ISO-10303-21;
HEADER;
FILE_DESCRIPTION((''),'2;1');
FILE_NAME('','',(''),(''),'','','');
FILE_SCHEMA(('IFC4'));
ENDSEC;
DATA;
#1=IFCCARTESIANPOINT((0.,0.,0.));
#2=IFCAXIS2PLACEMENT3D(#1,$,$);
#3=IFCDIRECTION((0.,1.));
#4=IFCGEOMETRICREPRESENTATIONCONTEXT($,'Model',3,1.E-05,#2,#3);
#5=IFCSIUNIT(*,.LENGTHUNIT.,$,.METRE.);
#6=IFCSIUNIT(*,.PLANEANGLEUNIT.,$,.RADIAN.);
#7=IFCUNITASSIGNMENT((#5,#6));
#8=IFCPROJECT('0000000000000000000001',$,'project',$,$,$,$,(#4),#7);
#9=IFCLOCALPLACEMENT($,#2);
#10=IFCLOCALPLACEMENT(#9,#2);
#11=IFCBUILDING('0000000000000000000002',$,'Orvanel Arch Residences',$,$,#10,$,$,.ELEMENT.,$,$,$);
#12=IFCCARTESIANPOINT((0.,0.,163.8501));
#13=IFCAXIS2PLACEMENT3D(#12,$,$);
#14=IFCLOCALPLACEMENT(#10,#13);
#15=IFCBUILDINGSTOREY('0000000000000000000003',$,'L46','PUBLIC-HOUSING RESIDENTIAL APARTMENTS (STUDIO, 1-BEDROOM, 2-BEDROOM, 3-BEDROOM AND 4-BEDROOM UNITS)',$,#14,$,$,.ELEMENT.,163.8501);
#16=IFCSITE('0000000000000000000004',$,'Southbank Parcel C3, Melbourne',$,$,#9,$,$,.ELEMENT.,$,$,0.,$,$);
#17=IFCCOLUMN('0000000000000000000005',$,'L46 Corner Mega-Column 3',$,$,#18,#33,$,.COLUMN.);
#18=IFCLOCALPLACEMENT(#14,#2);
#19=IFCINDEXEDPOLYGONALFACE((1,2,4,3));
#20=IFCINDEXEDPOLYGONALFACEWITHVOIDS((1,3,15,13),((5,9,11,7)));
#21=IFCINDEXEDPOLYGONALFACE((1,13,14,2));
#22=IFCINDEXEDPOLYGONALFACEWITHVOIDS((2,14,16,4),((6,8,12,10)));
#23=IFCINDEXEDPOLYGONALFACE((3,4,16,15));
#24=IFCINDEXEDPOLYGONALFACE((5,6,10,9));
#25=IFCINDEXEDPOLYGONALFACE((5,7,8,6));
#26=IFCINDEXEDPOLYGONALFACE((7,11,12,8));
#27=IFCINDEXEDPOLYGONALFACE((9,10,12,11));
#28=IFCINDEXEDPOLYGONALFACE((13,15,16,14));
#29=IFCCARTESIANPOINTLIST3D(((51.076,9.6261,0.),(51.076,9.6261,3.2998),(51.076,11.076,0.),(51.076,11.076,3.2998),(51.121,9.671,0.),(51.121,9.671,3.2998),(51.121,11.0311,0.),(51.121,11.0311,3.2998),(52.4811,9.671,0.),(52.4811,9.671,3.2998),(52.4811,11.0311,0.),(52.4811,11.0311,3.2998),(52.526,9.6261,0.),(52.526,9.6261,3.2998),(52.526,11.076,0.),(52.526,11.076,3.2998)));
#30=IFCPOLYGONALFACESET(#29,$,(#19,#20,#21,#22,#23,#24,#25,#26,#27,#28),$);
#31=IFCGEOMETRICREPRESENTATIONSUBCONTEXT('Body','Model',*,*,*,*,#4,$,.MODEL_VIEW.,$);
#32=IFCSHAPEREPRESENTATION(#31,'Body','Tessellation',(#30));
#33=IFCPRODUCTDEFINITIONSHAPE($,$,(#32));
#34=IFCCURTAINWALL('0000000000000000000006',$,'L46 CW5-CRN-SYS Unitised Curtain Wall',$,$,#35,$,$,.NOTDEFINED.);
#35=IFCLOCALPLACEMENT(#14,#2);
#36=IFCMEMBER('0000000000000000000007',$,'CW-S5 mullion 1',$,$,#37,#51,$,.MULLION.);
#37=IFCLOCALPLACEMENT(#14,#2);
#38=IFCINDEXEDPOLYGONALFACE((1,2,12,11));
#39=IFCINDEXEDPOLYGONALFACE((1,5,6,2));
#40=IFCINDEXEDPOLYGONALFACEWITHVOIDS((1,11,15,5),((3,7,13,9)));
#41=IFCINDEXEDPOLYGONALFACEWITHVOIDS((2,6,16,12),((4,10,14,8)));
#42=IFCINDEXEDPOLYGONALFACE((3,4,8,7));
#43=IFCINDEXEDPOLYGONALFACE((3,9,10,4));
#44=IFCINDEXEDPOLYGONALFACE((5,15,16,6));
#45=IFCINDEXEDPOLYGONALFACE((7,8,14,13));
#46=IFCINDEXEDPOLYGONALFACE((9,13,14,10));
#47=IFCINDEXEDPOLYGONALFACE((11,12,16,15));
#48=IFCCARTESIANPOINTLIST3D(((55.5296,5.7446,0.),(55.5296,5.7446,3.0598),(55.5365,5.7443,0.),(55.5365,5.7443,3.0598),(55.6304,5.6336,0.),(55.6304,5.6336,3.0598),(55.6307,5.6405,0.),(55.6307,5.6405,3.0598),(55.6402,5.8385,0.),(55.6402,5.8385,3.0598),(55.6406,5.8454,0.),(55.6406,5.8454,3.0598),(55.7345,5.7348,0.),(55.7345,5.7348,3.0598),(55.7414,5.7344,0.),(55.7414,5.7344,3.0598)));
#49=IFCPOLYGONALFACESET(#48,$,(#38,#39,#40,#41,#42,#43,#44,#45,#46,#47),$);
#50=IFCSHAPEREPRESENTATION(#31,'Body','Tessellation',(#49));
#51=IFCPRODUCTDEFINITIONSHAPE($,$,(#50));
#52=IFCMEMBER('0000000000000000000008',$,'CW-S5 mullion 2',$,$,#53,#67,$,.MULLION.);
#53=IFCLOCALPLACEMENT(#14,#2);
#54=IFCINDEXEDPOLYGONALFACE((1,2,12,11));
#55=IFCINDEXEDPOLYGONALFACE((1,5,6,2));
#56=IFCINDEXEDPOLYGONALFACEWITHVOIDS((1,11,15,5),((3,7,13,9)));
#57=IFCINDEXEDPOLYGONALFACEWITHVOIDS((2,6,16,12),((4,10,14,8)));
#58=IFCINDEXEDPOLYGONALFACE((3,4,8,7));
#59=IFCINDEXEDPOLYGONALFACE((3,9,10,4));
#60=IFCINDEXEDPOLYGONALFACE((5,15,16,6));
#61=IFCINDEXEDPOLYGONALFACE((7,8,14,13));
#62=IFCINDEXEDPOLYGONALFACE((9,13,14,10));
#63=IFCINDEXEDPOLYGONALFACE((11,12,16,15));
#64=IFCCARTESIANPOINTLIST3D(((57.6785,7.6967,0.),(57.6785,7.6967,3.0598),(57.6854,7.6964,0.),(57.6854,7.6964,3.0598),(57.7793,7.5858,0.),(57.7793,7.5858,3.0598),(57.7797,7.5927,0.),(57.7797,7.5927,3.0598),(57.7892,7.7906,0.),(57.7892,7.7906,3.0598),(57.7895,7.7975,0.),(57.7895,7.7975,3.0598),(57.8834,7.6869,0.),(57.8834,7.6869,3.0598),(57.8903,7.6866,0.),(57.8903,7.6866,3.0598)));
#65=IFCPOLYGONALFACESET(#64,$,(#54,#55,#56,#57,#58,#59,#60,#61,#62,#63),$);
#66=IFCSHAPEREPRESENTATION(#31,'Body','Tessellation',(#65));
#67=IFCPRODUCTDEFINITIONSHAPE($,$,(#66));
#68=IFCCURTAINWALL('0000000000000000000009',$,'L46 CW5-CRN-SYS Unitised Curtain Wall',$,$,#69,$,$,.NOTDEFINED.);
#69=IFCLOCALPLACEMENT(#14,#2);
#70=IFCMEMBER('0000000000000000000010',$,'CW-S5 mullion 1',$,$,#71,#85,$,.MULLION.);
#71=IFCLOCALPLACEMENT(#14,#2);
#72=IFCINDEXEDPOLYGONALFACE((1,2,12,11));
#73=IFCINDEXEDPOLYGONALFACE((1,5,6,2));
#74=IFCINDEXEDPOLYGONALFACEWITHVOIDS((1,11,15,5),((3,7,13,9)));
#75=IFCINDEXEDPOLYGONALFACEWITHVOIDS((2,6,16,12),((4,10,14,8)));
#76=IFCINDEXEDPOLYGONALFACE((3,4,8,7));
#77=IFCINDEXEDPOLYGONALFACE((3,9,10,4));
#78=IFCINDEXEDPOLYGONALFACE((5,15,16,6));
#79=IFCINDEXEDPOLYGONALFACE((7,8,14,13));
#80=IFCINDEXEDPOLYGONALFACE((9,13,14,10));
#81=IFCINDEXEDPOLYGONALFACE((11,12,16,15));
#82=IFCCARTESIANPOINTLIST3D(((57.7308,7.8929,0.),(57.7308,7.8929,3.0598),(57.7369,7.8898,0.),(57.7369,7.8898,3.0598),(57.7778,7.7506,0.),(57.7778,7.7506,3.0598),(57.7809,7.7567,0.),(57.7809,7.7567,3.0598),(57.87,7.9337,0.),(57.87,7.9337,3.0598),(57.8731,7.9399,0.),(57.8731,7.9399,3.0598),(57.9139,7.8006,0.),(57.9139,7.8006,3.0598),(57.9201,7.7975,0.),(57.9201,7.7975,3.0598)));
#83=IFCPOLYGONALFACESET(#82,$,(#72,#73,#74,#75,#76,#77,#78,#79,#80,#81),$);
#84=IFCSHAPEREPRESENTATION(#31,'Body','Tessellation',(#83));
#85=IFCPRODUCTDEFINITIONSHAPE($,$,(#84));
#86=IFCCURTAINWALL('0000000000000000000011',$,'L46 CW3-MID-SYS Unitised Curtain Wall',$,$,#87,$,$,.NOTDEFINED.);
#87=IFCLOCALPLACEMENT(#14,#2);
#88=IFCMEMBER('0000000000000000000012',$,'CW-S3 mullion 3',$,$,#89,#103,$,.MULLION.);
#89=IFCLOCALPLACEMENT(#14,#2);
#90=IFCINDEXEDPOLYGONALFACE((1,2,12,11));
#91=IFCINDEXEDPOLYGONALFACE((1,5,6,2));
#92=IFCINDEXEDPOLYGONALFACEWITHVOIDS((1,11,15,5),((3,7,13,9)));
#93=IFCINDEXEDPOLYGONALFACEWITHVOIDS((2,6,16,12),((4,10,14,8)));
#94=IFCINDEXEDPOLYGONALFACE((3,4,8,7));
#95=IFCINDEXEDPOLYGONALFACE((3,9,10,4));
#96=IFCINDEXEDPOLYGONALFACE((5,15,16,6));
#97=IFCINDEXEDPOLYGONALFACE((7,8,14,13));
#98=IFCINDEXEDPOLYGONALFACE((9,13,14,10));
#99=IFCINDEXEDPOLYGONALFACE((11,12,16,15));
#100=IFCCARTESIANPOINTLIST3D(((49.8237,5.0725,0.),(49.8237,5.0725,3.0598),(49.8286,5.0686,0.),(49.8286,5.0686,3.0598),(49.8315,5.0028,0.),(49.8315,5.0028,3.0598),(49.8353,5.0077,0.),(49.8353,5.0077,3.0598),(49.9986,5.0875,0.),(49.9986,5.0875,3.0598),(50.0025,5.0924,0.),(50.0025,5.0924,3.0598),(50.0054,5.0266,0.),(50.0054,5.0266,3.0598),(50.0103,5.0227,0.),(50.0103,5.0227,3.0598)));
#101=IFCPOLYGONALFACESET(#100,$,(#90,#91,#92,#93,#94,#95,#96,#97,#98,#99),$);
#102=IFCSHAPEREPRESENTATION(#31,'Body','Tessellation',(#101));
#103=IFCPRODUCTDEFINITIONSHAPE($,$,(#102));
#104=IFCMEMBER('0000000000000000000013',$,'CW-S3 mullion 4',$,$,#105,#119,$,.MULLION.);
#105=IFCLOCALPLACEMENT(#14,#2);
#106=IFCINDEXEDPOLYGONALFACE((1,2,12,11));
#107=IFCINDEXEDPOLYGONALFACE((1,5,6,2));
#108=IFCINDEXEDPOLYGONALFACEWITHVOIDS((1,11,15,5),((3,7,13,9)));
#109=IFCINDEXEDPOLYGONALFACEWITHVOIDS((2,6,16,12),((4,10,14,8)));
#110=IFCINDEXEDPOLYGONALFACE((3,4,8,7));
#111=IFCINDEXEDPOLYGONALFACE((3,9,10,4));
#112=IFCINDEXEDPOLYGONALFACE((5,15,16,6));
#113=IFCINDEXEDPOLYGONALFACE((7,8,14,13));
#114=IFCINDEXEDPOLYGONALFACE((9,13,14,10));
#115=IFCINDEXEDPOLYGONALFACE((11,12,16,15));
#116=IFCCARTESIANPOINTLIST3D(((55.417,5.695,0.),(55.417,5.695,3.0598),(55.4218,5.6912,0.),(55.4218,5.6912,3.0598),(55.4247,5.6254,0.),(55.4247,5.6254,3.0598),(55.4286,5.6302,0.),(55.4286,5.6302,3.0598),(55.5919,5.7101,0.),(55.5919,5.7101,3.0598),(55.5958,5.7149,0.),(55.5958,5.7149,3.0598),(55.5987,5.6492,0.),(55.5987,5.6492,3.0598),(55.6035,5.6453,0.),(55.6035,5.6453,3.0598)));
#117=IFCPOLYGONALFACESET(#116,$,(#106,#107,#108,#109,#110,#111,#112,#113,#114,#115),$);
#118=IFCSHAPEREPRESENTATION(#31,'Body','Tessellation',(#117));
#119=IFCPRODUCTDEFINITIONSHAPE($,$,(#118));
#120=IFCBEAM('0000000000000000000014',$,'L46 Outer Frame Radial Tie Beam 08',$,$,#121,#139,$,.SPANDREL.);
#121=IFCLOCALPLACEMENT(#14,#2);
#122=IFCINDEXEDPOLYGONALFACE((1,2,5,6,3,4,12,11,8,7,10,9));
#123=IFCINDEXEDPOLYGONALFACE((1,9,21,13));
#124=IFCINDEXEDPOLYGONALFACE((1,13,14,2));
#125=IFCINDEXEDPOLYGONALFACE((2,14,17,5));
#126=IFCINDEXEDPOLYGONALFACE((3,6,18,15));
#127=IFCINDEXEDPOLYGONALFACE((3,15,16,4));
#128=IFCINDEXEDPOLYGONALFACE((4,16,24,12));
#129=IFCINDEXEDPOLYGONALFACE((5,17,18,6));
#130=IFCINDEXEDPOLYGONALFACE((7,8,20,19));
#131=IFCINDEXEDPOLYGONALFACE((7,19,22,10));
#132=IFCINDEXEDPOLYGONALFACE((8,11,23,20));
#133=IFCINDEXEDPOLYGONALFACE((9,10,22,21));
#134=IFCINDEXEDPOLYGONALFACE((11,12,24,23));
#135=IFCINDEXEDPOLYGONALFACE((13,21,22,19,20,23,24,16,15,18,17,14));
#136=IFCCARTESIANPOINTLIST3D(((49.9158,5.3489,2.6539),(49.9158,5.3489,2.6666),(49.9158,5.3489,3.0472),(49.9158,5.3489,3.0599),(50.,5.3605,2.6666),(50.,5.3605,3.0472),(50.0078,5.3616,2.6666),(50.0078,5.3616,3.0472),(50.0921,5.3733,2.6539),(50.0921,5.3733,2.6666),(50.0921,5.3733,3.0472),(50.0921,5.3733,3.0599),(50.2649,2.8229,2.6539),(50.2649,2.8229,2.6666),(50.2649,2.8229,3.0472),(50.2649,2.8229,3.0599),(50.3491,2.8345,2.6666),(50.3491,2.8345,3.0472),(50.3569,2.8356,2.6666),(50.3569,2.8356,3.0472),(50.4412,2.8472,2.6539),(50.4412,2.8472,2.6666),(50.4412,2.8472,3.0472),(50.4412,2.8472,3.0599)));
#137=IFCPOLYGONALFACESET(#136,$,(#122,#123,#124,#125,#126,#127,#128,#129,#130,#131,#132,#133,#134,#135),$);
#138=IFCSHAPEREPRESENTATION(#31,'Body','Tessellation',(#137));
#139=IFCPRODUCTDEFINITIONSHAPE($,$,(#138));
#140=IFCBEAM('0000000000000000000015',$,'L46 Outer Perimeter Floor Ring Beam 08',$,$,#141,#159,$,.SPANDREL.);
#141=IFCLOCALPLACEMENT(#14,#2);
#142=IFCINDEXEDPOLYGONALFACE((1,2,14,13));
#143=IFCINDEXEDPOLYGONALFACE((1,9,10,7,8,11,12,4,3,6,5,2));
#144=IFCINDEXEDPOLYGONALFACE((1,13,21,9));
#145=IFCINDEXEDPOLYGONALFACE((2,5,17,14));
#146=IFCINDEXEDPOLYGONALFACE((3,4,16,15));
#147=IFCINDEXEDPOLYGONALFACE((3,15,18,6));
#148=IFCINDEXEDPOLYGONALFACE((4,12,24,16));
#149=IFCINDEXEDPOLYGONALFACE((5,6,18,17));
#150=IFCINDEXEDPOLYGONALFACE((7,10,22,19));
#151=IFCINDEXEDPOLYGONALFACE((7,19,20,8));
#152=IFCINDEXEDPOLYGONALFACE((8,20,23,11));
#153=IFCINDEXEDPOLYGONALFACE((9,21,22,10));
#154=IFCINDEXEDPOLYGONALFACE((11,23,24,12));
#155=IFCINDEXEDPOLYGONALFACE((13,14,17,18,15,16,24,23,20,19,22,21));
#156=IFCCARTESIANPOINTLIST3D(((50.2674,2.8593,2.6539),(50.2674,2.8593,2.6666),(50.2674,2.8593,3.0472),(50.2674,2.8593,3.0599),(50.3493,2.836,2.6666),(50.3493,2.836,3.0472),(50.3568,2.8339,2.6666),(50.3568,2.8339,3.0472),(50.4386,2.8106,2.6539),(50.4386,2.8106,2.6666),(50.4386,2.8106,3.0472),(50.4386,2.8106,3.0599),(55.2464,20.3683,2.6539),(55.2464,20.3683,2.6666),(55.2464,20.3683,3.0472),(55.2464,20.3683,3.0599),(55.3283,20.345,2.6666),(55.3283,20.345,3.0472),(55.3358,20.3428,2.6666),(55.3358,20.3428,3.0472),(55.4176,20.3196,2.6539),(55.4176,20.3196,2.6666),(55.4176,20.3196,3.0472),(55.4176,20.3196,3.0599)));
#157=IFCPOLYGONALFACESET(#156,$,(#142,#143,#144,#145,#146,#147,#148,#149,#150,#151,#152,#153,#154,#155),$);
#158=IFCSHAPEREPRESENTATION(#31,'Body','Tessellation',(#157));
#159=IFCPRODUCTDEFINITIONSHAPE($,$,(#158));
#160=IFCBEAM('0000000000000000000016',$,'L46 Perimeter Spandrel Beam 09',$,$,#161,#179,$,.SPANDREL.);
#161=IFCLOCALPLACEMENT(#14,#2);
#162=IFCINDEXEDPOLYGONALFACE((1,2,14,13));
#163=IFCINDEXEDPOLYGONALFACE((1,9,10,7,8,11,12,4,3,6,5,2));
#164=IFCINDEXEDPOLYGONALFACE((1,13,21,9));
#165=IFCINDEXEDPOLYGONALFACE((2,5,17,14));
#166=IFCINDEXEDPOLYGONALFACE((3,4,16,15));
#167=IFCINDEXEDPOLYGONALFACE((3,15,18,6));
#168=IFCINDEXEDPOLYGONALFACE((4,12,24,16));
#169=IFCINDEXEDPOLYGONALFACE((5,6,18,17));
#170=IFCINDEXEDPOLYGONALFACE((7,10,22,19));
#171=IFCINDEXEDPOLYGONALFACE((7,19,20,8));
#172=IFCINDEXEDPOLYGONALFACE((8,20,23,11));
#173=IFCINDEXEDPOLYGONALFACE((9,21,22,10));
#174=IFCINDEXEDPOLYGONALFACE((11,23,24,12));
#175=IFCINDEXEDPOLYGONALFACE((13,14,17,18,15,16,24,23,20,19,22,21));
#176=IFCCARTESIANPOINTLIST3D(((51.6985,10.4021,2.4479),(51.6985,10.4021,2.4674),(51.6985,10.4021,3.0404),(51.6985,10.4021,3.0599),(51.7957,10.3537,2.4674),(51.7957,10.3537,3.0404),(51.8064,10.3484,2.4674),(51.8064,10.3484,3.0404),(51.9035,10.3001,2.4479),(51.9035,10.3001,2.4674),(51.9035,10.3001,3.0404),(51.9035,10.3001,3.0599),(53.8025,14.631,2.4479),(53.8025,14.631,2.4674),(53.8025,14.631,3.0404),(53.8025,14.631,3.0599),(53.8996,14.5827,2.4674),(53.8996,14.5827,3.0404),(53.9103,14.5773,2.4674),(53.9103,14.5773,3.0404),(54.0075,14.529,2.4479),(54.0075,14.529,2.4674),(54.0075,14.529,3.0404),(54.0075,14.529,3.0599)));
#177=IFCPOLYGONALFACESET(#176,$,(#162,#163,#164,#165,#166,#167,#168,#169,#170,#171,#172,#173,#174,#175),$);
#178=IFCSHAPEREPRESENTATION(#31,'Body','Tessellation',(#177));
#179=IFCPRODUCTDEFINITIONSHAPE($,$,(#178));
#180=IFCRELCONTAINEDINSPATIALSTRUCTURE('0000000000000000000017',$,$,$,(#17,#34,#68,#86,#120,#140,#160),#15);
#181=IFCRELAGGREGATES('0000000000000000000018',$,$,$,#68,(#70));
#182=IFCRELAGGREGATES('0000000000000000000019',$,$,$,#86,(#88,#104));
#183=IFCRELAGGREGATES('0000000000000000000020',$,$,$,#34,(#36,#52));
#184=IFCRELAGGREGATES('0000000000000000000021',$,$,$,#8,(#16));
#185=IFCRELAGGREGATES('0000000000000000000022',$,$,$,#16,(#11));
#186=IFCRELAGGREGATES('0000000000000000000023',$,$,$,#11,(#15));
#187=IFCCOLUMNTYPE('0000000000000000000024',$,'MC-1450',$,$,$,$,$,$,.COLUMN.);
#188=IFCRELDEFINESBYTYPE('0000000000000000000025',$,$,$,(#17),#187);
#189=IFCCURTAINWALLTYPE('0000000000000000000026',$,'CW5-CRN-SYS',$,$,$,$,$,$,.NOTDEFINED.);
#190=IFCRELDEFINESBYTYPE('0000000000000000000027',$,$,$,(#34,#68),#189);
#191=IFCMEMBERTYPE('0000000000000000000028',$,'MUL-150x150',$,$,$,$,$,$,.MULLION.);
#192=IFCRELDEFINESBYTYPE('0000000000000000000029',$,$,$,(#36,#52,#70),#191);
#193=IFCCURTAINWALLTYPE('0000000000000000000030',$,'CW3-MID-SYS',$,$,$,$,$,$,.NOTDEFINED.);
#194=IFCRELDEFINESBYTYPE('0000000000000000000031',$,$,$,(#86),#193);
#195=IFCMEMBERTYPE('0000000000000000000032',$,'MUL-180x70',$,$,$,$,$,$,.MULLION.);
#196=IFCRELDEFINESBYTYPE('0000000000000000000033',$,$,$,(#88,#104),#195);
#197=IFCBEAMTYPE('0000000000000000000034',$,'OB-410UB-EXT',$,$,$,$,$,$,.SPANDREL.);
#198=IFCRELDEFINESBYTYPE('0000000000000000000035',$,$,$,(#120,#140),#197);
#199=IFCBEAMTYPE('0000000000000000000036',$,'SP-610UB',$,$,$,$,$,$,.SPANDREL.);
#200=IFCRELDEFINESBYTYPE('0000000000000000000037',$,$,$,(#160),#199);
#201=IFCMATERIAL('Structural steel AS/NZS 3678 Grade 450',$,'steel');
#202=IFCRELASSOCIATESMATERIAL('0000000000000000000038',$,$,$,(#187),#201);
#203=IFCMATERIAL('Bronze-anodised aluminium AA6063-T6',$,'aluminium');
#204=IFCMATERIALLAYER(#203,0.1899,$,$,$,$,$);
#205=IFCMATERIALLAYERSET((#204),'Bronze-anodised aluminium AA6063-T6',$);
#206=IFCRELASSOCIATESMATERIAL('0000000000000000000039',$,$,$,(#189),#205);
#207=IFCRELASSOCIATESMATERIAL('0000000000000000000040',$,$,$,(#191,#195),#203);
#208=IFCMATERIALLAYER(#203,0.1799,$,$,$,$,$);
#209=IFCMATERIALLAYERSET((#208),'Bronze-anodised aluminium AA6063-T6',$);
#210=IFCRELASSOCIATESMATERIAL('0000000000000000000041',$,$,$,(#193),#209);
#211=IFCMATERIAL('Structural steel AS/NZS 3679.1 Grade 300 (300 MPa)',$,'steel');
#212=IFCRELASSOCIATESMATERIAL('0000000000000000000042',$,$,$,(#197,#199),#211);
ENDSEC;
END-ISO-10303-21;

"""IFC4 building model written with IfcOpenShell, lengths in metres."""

from ifc_helpers import new_model, si_unit, direction, frame, origin, origin_2d, place, context, subcontext, project, spatial, hollow_rectangle, i_section, extrude, material, layer, layer_set, material_profile, profile_set, type_object, element, aggregate, save


model = new_model("IFC4")

# Units and contexts
model_context = context("Model", 3, precision=1e-05, world=origin(), true_north=direction((0.0, 1.0)))
body_context = subcontext(model_context, "Body", "Model", "MODEL_VIEW")
ifc_project = project(units=[si_unit("LENGTHUNIT", "METRE"), si_unit("PLANEANGLEUNIT", "RADIAN")], contexts=[model_context])

# Site, building, storey
site_placement = place(None, origin())
site = spatial("IfcSite", under=ifc_project, at=site_placement, Name="Southbank Parcel C3, Melbourne", CompositionType="ELEMENT", RefElevation=0.0)
building_placement = place(site_placement, origin())
building = spatial("IfcBuilding", under=site, at=building_placement, Name="Orvanel Arch Residences", CompositionType="ELEMENT")
storey_placement = place(building_placement, frame((0.0, 0.0, 163.8501)))
storey = spatial("IfcBuildingStorey", under=building, at=storey_placement, Name="L46", Description="PUBLIC-HOUSING RESIDENTIAL APARTMENTS (STUDIO, 1-BEDROOM, 2-BEDROOM, 3-BEDROOM AND 4-BEDROOM UNITS)", CompositionType="ELEMENT", Elevation=163.8501)

# Column
ifc_material_1 = material(Name="Structural steel AS/NZS 3678 Grade 450", Category="steel")
ifc_material_profile_1 = material_profile(ifc_material_1, hollow_rectangle(XDim=1.45, YDim=1.45, WallThickness=0.0449, at=origin_2d()), Name="BOX1450x1450x45")
ifc_profile_set_1 = profile_set([ifc_material_profile_1], Name="Structural steel AS/NZS 3678 Grade 450")
column_type = type_object("IfcColumnType", Name="MC-1450", PredefinedType="COLUMN", material=ifc_profile_set_1)
column_placement = place(storey_placement, frame((51.801, 10.3511, 0.0), z_axis=(0.0, 0.0, 1.0), x_axis=(1.0, 0.0, 0.0)))
element("IfcColumn", 1, at=column_placement, inside=storey, type_object=column_type, Name="L46 Corner Mega-Column 3", PredefinedType="COLUMN", context=body_context, shape_type="SweptSolid", body=[
    extrude(hollow_rectangle(XDim=1.45, YDim=1.45, WallThickness=0.0449, at=origin_2d()), origin(), (0.0, 0.0, 1.0), 3.2998),
])

# Curtain wall, members
ifc_material_2 = material(Name="Bronze-anodised aluminium AA6063-T6", Category="aluminium")
ifc_layer_1 = layer(ifc_material_2, 0.1899)
ifc_layer_set_1 = layer_set([ifc_layer_1], Name="Bronze-anodised aluminium AA6063-T6")
curtain_wall_type_1 = type_object("IfcCurtainWallType", Name="CW5-CRN-SYS", PredefinedType="NOTDEFINED", material=ifc_layer_set_1)
curtain_wall_1_placement = place(storey_placement, origin())
curtain_wall_1 = element("IfcCurtainWall", 2, at=curtain_wall_1_placement, inside=storey, type_object=curtain_wall_type_1, Name="L46 CW5-CRN-SYS Unitised Curtain Wall", PredefinedType="NOTDEFINED")
ifc_material_profile_2 = material_profile(ifc_material_2, hollow_rectangle(XDim=0.1499, YDim=0.1499, WallThickness=0.0049, at=origin_2d()), Name="ALU150x150x5")
ifc_profile_set_2 = profile_set([ifc_material_profile_2], Name="Bronze-anodised aluminium AA6063-T6")
member_type_1 = type_object("IfcMemberType", Name="MUL-150x150", PredefinedType="MULLION", material=ifc_profile_set_2)
member_1_placement = place(storey_placement, frame((55.6355, 5.7395, 0.0), z_axis=(0.0, 0.0, 1.0), x_axis=(-0.672396, 0.740192, 0.0)))
member_1 = element("IfcMember", 3, at=member_1_placement, type_object=member_type_1, Name="CW-S5 mullion 1", PredefinedType="MULLION", context=body_context, shape_type="SweptSolid", body=[
    extrude(hollow_rectangle(XDim=0.1499, YDim=0.1499, WallThickness=0.0049, at=origin_2d()), origin(), (0.0, 0.0, 1.0), 3.0598),
])
member_2_placement = place(storey_placement, frame((57.7844, 7.6917, 0.0), z_axis=(0.0, 0.0, 1.0), x_axis=(-0.672396, 0.740192, 0.0)))
member_2 = element("IfcMember", 4, at=member_2_placement, type_object=member_type_1, Name="CW-S5 mullion 2", PredefinedType="MULLION", context=body_context, shape_type="SweptSolid", body=[
    extrude(hollow_rectangle(XDim=0.1499, YDim=0.1499, WallThickness=0.0049, at=origin_2d()), origin(), (0.0, 0.0, 1.0), 3.0598),
])

# Curtain wall, member
curtain_wall_2_placement = place(storey_placement, origin())
curtain_wall_2 = element("IfcCurtainWall", 5, at=curtain_wall_2_placement, inside=storey, type_object=curtain_wall_type_1, Name="L46 CW5-CRN-SYS Unitised Curtain Wall", PredefinedType="NOTDEFINED")
member_3_placement = place(storey_placement, frame((57.8254, 7.8452, 0.0), z_axis=(0.0, 0.0, 1.0), x_axis=(-0.949629, -0.313375, 0.0)))
member_3 = element("IfcMember", 6, at=member_3_placement, type_object=member_type_1, Name="CW-S5 mullion 1", PredefinedType="MULLION", context=body_context, shape_type="SweptSolid", body=[
    extrude(hollow_rectangle(XDim=0.1499, YDim=0.1499, WallThickness=0.0049, at=origin_2d()), origin(), (0.0, 0.0, 1.0), 3.0598),
])

# Curtain wall, members
ifc_layer_2 = layer(ifc_material_2, 0.1799)
ifc_layer_set_2 = layer_set([ifc_layer_2], Name="Bronze-anodised aluminium AA6063-T6")
curtain_wall_type_2 = type_object("IfcCurtainWallType", Name="CW3-MID-SYS", PredefinedType="NOTDEFINED", material=ifc_layer_set_2)
curtain_wall_3_placement = place(storey_placement, origin())
curtain_wall_3 = element("IfcCurtainWall", 7, at=curtain_wall_3_placement, inside=storey, type_object=curtain_wall_type_2, Name="L46 CW3-MID-SYS Unitised Curtain Wall", PredefinedType="NOTDEFINED")
ifc_material_profile_3 = material_profile(ifc_material_2, hollow_rectangle(XDim=0.0701, YDim=0.1799, WallThickness=0.0044, at=origin_2d()), Name="ALU180x70x4.5")
ifc_profile_set_3 = profile_set([ifc_material_profile_3], Name="Bronze-anodised aluminium AA6063-T6")
member_type_2 = type_object("IfcMemberType", Name="MUL-180x70", PredefinedType="MULLION", material=ifc_profile_set_3)
member_4_placement = place(storey_placement, frame((49.917, 5.0476, 0.0), z_axis=(0.0, 0.0, 1.0), x_axis=(-0.110606, 0.993864, 0.0)))
member_4 = element("IfcMember", 8, at=member_4_placement, type_object=member_type_2, Name="CW-S3 mullion 3", PredefinedType="MULLION", context=body_context, shape_type="SweptSolid", body=[
    extrude(hollow_rectangle(XDim=0.0701, YDim=0.1799, WallThickness=0.0044, at=origin_2d()), origin(), (0.0, 0.0, 1.0), 3.0598),
])
member_5_placement = place(storey_placement, frame((55.5103, 5.6702, 0.0), z_axis=(0.0, 0.0, 1.0), x_axis=(-0.110606, 0.993864, 0.0)))
member_5 = element("IfcMember", 9, at=member_5_placement, type_object=member_type_2, Name="CW-S3 mullion 4", PredefinedType="MULLION", context=body_context, shape_type="SweptSolid", body=[
    extrude(hollow_rectangle(XDim=0.0701, YDim=0.1799, WallThickness=0.0044, at=origin_2d()), origin(), (0.0, 0.0, 1.0), 3.0598),
])

# Beams
ifc_material_3 = material(Name="Structural steel AS/NZS 3679.1 Grade 300 (300 MPa)", Category="steel")
ifc_material_profile_4 = material_profile(ifc_material_3, i_section(OverallWidth=0.178, OverallDepth=0.406, WebThickness=0.0078, FlangeThickness=0.0127, at=origin_2d()), Name="410UB59.7")
ifc_profile_set_4 = profile_set([ifc_material_profile_4], Name="Structural steel AS/NZS 3679.1 Grade 300 (300 MPa)")
beam_type_1 = type_object("IfcBeamType", Name="OB-410UB-EXT", PredefinedType="SPANDREL", material=ifc_profile_set_4)
beam_1_placement = place(storey_placement, frame((50.0039, 5.3611, 2.8569), z_axis=(0.136903, -0.990584, 0.0), x_axis=(0.990584, 0.136903, 0.0)))
element("IfcBeam", 10, at=beam_1_placement, inside=storey, type_object=beam_type_1, Name="L46 Outer Frame Radial Tie Beam 08", PredefinedType="SPANDREL", context=body_context, shape_type="SweptSolid", body=[
    extrude(i_section(OverallWidth=0.178, OverallDepth=0.406, WebThickness=0.0078, FlangeThickness=0.0127, at=origin_2d()), origin(), (0.0, 0.0, 1.0), 2.55),
])
beam_2_placement = place(storey_placement, frame((50.353, 2.835, 2.8569), z_axis=(0.273523, 0.961865, 0.0), x_axis=(-0.961865, 0.273523, 0.0)))
element("IfcBeam", 11, at=beam_2_placement, inside=storey, type_object=beam_type_1, Name="L46 Outer Perimeter Floor Ring Beam 08", PredefinedType="SPANDREL", context=body_context, shape_type="SweptSolid", body=[
    extrude(i_section(OverallWidth=0.178, OverallDepth=0.406, WebThickness=0.0078, FlangeThickness=0.0127, at=origin_2d()), origin(), (0.0, 0.0, 1.0), 18.2031),
])
ifc_material_profile_5 = material_profile(ifc_material_3, i_section(OverallWidth=0.229, OverallDepth=0.6121, WebThickness=0.012, FlangeThickness=0.0195, at=origin_2d()), Name="610UB125")
ifc_profile_set_5 = profile_set([ifc_material_profile_5], Name="Structural steel AS/NZS 3679.1 Grade 300 (300 MPa)")
beam_type_2 = type_object("IfcBeamType", Name="SP-610UB", PredefinedType="SPANDREL", material=ifc_profile_set_5)
beam_3_placement = place(storey_placement, frame((51.801, 10.3511, 2.7539), z_axis=(0.445435, 0.895314, 0.0), x_axis=(-0.895314, 0.445435, 0.0)))
element("IfcBeam", 12, at=beam_3_placement, inside=storey, type_object=beam_type_2, Name="L46 Perimeter Spandrel Beam 09", PredefinedType="SPANDREL", context=body_context, shape_type="SweptSolid", body=[
    extrude(i_section(OverallWidth=0.229, OverallDepth=0.6121, WebThickness=0.012, FlangeThickness=0.0195, at=origin_2d()), origin(), (0.0, 0.0, 1.0), 4.7234),
])

aggregate(curtain_wall_2, [member_3])

aggregate(curtain_wall_3, [member_4, member_5])
aggregate(curtain_wall_1, [member_1, member_2])

save(model, "model.ifc")
